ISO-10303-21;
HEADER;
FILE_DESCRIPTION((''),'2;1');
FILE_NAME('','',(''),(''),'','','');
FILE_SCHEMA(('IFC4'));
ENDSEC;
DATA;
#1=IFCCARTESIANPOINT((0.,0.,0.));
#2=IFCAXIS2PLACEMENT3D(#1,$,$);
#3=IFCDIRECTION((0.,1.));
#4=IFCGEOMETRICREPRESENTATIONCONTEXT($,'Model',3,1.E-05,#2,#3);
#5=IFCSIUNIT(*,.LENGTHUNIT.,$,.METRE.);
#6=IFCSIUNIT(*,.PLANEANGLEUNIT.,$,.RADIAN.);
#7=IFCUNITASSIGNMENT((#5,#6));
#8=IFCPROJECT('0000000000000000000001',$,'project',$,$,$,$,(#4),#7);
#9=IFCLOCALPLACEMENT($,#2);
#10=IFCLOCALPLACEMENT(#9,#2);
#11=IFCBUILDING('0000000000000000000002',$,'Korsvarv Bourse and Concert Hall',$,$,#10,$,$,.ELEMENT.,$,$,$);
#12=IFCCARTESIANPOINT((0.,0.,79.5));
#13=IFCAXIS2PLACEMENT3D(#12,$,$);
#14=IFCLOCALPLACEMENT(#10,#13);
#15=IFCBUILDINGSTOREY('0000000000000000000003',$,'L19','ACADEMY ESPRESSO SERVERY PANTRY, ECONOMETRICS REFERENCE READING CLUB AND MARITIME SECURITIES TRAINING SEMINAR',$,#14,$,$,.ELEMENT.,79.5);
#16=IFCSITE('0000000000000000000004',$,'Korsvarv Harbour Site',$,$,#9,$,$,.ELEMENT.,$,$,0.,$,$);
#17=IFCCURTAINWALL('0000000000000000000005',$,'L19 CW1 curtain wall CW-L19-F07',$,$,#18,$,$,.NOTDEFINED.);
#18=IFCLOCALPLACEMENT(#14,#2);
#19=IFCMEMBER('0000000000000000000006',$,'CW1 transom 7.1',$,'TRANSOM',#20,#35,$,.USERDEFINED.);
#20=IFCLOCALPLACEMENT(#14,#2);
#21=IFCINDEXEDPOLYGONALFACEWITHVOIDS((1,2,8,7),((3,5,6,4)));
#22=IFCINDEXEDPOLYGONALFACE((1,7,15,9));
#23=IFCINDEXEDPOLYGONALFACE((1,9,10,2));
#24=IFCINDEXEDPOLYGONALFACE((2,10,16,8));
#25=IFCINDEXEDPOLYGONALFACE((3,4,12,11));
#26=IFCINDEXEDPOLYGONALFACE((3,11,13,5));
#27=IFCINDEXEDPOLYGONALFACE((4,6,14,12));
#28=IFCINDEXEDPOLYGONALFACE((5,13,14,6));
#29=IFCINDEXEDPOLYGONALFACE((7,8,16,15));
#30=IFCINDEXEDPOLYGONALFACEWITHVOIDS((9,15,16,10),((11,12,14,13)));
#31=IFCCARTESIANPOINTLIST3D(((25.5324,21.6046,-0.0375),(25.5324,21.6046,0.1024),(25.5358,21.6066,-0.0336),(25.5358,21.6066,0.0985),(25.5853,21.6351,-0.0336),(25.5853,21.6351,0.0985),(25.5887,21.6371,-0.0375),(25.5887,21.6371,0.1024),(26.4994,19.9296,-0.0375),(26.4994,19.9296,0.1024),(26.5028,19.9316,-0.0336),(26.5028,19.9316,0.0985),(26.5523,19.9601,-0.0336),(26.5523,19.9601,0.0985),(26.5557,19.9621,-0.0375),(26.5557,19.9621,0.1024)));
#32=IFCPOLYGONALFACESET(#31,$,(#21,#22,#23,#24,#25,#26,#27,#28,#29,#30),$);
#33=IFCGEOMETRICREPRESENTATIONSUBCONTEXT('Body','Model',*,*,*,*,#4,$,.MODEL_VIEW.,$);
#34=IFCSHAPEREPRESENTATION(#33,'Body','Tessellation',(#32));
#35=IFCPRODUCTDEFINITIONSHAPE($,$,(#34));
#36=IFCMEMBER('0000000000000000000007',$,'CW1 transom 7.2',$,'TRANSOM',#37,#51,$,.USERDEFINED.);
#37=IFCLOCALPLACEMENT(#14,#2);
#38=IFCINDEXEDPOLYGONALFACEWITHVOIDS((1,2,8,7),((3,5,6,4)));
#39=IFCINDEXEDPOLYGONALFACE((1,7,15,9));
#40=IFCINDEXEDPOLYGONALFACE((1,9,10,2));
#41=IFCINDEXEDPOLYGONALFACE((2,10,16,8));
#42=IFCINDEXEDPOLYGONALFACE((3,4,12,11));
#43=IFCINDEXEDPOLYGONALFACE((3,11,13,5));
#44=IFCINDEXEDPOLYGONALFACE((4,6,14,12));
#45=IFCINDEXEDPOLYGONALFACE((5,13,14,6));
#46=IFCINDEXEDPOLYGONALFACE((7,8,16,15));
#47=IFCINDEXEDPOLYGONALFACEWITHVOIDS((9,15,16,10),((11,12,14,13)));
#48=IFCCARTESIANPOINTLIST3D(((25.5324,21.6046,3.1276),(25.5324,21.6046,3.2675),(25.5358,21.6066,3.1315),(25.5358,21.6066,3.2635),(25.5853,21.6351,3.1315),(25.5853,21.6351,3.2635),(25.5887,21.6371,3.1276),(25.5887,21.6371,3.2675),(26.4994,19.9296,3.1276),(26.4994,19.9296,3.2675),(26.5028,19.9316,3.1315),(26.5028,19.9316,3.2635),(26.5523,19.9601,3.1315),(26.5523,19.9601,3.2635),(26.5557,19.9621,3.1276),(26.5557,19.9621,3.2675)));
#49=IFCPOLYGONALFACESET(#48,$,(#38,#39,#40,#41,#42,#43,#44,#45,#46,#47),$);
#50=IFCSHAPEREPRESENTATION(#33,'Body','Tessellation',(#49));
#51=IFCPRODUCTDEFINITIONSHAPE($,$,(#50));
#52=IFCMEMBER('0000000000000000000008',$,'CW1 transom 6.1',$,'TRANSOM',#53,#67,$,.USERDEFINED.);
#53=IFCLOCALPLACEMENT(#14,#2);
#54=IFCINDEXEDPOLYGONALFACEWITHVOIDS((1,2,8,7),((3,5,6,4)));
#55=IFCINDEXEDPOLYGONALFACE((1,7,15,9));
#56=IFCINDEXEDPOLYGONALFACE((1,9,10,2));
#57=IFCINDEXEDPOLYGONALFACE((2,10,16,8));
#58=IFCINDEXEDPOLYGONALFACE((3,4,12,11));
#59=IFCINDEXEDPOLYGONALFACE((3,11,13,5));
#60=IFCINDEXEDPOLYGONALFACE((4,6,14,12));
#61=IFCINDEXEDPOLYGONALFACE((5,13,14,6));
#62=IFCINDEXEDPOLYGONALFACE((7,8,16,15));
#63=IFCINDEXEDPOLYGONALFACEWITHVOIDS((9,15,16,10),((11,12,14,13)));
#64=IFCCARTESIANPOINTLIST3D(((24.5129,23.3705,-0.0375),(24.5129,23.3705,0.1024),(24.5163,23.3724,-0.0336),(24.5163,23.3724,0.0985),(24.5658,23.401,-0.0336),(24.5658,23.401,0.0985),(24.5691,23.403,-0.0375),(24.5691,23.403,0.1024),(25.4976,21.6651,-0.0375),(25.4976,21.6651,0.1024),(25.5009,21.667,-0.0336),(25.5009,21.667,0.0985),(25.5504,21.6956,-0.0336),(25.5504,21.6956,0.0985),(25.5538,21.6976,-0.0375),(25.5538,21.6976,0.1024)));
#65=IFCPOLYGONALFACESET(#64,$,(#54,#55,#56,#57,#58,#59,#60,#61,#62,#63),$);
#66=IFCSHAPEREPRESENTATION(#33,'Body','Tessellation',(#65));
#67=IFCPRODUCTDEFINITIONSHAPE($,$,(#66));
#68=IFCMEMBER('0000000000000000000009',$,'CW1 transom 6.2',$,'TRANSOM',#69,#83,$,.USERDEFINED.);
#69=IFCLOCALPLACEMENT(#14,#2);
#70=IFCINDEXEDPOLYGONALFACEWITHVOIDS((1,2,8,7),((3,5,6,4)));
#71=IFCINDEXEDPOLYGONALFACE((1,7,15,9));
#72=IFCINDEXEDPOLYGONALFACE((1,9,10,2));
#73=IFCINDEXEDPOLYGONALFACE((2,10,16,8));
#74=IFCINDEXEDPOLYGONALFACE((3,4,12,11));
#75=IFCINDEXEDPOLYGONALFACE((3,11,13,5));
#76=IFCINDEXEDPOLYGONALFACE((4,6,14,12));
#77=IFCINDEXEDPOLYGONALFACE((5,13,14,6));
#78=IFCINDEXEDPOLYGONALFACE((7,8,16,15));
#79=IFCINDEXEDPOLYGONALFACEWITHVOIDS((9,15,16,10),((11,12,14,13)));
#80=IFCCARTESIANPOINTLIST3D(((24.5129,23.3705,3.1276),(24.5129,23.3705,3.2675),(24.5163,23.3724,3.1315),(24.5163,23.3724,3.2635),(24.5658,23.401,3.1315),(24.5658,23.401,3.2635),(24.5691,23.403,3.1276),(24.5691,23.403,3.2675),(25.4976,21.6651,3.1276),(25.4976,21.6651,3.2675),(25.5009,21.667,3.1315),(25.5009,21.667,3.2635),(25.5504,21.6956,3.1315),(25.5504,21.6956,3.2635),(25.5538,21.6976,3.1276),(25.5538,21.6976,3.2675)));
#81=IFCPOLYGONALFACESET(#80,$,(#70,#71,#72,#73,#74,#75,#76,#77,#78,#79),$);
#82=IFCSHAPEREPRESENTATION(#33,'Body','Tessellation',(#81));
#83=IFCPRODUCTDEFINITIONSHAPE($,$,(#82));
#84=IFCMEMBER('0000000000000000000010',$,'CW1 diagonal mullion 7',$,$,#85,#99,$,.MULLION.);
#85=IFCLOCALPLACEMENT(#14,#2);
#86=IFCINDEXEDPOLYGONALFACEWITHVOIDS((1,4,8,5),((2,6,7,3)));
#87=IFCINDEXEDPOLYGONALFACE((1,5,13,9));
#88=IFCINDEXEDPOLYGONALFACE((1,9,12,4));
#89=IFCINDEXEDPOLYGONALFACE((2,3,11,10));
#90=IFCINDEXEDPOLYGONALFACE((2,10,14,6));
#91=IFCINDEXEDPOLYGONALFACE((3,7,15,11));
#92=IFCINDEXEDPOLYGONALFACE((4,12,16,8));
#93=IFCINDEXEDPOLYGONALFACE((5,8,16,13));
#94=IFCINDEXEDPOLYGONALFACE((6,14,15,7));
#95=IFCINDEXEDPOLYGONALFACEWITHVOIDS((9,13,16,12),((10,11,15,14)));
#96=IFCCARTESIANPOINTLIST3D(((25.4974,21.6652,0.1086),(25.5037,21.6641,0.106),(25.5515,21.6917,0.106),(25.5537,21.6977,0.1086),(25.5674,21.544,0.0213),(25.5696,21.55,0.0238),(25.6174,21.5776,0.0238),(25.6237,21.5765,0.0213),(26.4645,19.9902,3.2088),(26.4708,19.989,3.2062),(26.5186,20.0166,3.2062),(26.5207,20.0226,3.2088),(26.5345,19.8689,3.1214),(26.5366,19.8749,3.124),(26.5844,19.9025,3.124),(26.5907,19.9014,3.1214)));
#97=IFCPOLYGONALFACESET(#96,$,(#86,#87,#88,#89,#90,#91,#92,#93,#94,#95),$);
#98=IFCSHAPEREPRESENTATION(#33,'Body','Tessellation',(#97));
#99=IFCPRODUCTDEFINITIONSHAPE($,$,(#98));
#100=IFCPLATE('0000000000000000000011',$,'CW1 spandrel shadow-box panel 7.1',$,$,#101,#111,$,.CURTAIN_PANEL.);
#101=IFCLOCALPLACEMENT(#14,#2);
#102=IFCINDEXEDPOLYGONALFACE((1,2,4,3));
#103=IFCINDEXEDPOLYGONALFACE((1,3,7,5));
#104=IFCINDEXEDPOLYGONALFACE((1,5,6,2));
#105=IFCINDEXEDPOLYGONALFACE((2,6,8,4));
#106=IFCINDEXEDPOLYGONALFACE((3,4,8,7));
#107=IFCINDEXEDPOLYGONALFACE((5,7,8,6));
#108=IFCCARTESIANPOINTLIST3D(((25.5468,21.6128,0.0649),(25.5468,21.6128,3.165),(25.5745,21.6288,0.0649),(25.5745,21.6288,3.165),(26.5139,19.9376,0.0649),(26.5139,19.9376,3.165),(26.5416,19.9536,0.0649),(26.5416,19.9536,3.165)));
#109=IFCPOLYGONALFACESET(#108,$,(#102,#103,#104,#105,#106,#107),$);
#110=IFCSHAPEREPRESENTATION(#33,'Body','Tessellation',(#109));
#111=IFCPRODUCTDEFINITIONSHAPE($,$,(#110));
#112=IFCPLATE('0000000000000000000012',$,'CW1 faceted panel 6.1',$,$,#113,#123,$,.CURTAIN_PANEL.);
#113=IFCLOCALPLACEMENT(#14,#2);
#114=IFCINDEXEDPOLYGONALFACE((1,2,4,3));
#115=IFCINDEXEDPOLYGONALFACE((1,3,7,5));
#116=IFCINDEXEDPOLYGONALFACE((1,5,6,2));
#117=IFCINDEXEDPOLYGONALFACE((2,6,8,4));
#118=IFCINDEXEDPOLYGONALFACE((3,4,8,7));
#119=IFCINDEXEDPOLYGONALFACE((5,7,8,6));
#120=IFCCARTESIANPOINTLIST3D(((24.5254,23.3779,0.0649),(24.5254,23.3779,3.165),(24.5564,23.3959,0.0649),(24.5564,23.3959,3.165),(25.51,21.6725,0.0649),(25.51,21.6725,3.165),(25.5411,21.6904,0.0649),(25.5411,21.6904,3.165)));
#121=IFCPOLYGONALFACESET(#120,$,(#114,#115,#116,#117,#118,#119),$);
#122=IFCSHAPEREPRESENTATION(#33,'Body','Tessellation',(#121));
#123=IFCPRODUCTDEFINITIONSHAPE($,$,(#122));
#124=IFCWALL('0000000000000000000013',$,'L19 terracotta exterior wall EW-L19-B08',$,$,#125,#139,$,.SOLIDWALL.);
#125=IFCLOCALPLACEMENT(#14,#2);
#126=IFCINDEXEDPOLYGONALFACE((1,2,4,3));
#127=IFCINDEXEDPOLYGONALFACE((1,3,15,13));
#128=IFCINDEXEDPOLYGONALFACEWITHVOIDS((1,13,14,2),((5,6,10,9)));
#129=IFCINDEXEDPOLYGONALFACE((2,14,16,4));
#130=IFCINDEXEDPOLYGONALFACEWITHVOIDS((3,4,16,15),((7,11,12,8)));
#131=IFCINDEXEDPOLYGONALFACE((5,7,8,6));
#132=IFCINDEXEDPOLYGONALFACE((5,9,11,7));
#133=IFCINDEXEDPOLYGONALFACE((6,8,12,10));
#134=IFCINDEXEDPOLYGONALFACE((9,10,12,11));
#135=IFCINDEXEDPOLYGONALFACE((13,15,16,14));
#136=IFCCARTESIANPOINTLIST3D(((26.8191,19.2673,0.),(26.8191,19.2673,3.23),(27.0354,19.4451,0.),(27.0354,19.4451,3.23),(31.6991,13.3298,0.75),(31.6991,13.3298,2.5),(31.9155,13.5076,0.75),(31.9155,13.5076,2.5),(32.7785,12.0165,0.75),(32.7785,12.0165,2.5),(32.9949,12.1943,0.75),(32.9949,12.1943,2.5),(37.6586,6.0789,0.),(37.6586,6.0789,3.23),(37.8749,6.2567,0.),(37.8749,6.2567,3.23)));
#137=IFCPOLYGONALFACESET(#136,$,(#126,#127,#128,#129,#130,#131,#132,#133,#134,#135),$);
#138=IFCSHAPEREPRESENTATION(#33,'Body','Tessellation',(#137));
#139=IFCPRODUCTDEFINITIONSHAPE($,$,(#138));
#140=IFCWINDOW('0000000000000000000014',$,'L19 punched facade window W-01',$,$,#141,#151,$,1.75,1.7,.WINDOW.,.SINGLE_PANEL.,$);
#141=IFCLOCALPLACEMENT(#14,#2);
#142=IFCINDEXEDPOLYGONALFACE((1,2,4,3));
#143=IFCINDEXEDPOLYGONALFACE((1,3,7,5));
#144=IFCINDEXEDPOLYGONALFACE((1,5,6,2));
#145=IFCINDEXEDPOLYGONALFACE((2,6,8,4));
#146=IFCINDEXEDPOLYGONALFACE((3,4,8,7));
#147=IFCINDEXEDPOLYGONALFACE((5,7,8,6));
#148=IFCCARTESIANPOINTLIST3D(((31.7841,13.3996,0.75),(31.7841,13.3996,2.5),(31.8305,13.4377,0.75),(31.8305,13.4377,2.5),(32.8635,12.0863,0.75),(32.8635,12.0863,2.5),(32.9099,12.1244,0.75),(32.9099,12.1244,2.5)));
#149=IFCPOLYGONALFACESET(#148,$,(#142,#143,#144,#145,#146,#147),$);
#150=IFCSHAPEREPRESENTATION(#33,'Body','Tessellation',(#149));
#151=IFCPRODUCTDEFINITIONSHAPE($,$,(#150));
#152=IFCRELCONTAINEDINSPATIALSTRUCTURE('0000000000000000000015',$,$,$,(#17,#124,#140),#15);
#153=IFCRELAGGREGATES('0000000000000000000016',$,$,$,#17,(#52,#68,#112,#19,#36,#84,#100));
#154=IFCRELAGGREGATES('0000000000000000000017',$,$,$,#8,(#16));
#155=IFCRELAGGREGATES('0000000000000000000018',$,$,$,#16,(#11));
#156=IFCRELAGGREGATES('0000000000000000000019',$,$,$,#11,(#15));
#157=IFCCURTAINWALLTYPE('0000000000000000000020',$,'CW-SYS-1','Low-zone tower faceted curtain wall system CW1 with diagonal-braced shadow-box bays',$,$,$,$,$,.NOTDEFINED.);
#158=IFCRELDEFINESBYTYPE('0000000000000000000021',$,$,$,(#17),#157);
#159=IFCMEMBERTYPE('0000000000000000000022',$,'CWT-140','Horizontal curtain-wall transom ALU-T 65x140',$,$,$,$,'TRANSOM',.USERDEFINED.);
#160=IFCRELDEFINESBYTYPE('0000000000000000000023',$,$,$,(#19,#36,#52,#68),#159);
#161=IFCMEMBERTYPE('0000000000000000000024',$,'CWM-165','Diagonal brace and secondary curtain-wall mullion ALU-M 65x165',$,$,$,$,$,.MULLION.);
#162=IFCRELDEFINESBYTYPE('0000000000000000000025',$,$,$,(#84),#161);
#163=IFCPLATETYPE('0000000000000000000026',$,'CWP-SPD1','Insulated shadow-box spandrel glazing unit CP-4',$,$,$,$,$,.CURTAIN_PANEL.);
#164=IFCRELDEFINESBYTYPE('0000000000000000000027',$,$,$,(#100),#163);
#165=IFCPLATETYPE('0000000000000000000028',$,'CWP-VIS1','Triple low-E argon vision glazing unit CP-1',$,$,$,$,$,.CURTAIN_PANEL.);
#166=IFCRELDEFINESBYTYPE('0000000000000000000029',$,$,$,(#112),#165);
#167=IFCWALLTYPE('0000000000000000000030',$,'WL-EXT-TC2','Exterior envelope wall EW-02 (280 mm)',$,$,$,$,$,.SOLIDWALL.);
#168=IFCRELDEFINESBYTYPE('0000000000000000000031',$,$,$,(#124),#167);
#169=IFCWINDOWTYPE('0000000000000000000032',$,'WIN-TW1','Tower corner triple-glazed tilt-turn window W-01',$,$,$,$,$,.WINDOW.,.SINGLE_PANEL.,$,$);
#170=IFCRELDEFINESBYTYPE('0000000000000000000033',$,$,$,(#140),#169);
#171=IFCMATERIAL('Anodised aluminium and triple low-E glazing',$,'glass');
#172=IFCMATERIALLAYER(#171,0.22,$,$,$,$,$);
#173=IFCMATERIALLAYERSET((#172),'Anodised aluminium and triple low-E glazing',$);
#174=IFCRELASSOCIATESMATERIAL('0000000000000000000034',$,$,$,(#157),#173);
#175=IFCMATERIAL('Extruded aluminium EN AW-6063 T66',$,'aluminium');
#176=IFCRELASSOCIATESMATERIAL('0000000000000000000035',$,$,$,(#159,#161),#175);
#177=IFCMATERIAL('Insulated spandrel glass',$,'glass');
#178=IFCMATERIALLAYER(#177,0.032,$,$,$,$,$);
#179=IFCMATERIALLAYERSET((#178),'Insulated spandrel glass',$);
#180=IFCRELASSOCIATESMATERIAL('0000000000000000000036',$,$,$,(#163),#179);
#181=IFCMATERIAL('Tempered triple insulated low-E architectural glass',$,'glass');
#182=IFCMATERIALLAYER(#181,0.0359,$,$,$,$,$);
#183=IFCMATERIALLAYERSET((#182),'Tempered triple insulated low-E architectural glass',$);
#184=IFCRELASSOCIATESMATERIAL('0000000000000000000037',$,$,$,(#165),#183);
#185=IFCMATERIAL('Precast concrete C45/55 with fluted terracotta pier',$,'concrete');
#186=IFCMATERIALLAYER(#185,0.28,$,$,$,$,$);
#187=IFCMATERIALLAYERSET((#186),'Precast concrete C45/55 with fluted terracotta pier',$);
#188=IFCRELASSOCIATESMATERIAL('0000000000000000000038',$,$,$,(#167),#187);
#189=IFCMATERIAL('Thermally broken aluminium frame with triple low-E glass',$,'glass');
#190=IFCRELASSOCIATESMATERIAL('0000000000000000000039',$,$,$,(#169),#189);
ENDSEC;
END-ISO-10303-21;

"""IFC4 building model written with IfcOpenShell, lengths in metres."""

from ifc_helpers import new_model, si_unit, direction, frame, frame_2d, origin, origin_2d, place, context, subcontext, project, spatial, rectangle, hollow_rectangle, extrude, source, transform, mapped, material, layer, layer_set, material_profile, profile_set, type_object, element, fill, aggregate, save


model = new_model("IFC4")

# Units and contexts
model_context = context("Model", 3, precision=1e-05, world=origin(), true_north=direction((0.0, 1.0)))
body_context = subcontext(model_context, "Body", "Model", "MODEL_VIEW")
ifc_project = project(units=[si_unit("LENGTHUNIT", "METRE"), si_unit("PLANEANGLEUNIT", "RADIAN")], contexts=[model_context])

# Site, building, storey
site_placement = place(None, origin())
site = spatial("IfcSite", under=ifc_project, at=site_placement, Name="Korsvarv Harbour Site", CompositionType="ELEMENT", RefElevation=0.0)
building_placement = place(site_placement, origin())
building = spatial("IfcBuilding", under=site, at=building_placement, Name="Korsvarv Bourse and Concert Hall", CompositionType="ELEMENT")
storey_placement = place(building_placement, frame((0.0, 0.0, 79.5)))
storey = spatial("IfcBuildingStorey", under=building, at=storey_placement, Name="L19", Description="ACADEMY ESPRESSO SERVERY PANTRY, ECONOMETRICS REFERENCE READING CLUB AND MARITIME SECURITIES TRAINING SEMINAR", CompositionType="ELEMENT", Elevation=79.5)

# Curtain wall, members, plates
ifc_material_1 = material(Name="Anodised aluminium and triple low-E glazing", Category="glass")
ifc_layer_1 = layer(ifc_material_1, 0.22)
ifc_layer_set_1 = layer_set([ifc_layer_1], Name="Anodised aluminium and triple low-E glazing")
curtain_wall_type = type_object("IfcCurtainWallType", Name="CW-SYS-1", Description="Low-zone tower faceted curtain wall system CW1 with diagonal-braced shadow-box bays", PredefinedType="NOTDEFINED", material=ifc_layer_set_1)
curtain_wall_placement = place(storey_placement, origin())
curtain_wall = element("IfcCurtainWall", 1, at=curtain_wall_placement, inside=storey, type_object=curtain_wall_type, Name="L19 CW1 curtain wall CW-L19-F07", PredefinedType="NOTDEFINED")
ifc_material_2 = material(Name="Extruded aluminium EN AW-6063 T66", Category="aluminium")
ifc_material_profile_1 = material_profile(ifc_material_2, hollow_rectangle(XDim=0.0649, YDim=0.1399, WallThickness=0.0039, at=origin_2d()), Name="ALU-T 65x140")
ifc_profile_set_1 = profile_set([ifc_material_profile_1], Name="Extruded aluminium EN AW-6063 T66")
member_type_1 = type_object("IfcMemberType", Name="CWT-140", Description="Horizontal curtain-wall transom ALU-T 65x140", ElementType="TRANSOM", PredefinedType="USERDEFINED", material=ifc_profile_set_1)
shared_shape_1 = source(origin(), body_context, "Body", "SweptSolid", [
    extrude(hollow_rectangle(XDim=0.0649, YDim=0.1399, WallThickness=0.0039, at=origin_2d()), origin(), (0.0, 0.0, 1.0), 1.9341),
])
member_1_placement = place(storey_placement, frame((25.5605, 21.6208, 0.0325), z_axis=(0.499981, -0.866036, 0.0), x_axis=(0.866036, 0.499981, 0.0)))
member_1 = element("IfcMember", 2, at=member_1_placement, type_object=member_type_1, Name="CW1 transom 7.1", ObjectType="TRANSOM", PredefinedType="USERDEFINED", context=body_context, shape_type="MappedRepresentation", body=[
    mapped(shared_shape_1, transform((0.0, 0.0, 0.0), scale=1.0)),
])
member_2_placement = place(storey_placement, frame((25.5605, 21.6208, 3.1975), z_axis=(0.499981, -0.866036, 0.0), x_axis=(0.866036, 0.499981, 0.0)))
member_2 = element("IfcMember", 3, at=member_2_placement, type_object=member_type_1, Name="CW1 transom 7.2", ObjectType="TRANSOM", PredefinedType="USERDEFINED", context=body_context, shape_type="MappedRepresentation", body=[
    mapped(shared_shape_1, transform((0.0, 0.0, 0.0), scale=1.0)),
])
shared_shape_2 = source(origin(), body_context, "Body", "SweptSolid", [
    extrude(hollow_rectangle(XDim=0.0649, YDim=0.1399, WallThickness=0.0039, at=origin_2d()), origin(), (0.0, 0.0, 1.0), 1.9692),
])
member_3_placement = place(storey_placement, frame((24.541, 23.3867, 0.0325), z_axis=(0.500019, -0.866014, 0.0), x_axis=(0.866014, 0.500019, 0.0)))
member_3 = element("IfcMember", 4, at=member_3_placement, type_object=member_type_1, Name="CW1 transom 6.1", ObjectType="TRANSOM", PredefinedType="USERDEFINED", context=body_context, shape_type="MappedRepresentation", body=[
    mapped(shared_shape_2, transform((0.0, 0.0, 0.0), scale=1.0)),
])
member_4_placement = place(storey_placement, frame((24.541, 23.3867, 3.1975), z_axis=(0.500019, -0.866014, 0.0), x_axis=(0.866014, 0.500019, 0.0)))
member_4 = element("IfcMember", 5, at=member_4_placement, type_object=member_type_1, Name="CW1 transom 6.2", ObjectType="TRANSOM", PredefinedType="USERDEFINED", context=body_context, shape_type="MappedRepresentation", body=[
    mapped(shared_shape_2, transform((0.0, 0.0, 0.0), scale=1.0)),
])
ifc_material_profile_2 = material_profile(ifc_material_2, hollow_rectangle(XDim=0.0649, YDim=0.165, WallThickness=0.0049, at=origin_2d()), Name="ALU-M 65x165")
ifc_profile_set_2 = profile_set([ifc_material_profile_2], Name="Extruded aluminium EN AW-6063 T66")
member_type_2 = type_object("IfcMemberType", Name="CWM-165", Description="Diagonal brace and secondary curtain-wall mullion ALU-M 65x165", PredefinedType="MULLION", material=ifc_profile_set_2)
shared_shape_3 = source(origin(), body_context, "Body", "SweptSolid", [
    extrude(hollow_rectangle(XDim=0.0649, YDim=0.165, WallThickness=0.0049, at=origin_2d()), origin(), (0.0, 0.0, 1.0), 3.6541),
])
member_5_placement = place(storey_placement, frame((25.5605, 21.6208, 0.0649), z_axis=(0.264654, -0.458418, 0.848417), x_axis=(0.866036, 0.499981, 0.0)))
member_5 = element("IfcMember", 6, at=member_5_placement, type_object=member_type_2, Name="CW1 diagonal mullion 7", PredefinedType="MULLION", context=body_context, shape_type="MappedRepresentation", body=[
    mapped(shared_shape_3, transform((0.0, 0.0, 0.0), scale=1.0)),
])
ifc_material_3 = material(Name="Insulated spandrel glass", Category="glass")
ifc_layer_2 = layer(ifc_material_3, 0.032)
ifc_layer_set_2 = layer_set([ifc_layer_2], Name="Insulated spandrel glass")
plate_type_1 = type_object("IfcPlateType", Name="CWP-SPD1", Description="Insulated shadow-box spandrel glazing unit CP-4", PredefinedType="CURTAIN_PANEL", material=ifc_layer_set_2)
shared_shape_4 = source(origin(), body_context, "Body", "SweptSolid", [
    extrude(rectangle(XDim=1.9343, YDim=0.032, at=origin_2d()), origin(), (0.0, 0.0, 1.0), 3.1001),
])
plate_1_placement = place(storey_placement, frame((26.0442, 20.7832, 0.0649), z_axis=(0.0, 0.0, 1.0), x_axis=(0.500002, -0.866024, 0.0)))
plate_1 = element("IfcPlate", 7, at=plate_1_placement, type_object=plate_type_1, Name="CW1 spandrel shadow-box panel 7.1", PredefinedType="CURTAIN_PANEL", context=body_context, shape_type="MappedRepresentation", body=[
    mapped(shared_shape_4, transform((0.0, 0.0, 0.0), scale=1.0)),
])
ifc_material_4 = material(Name="Tempered triple insulated low-E architectural glass", Category="glass")
ifc_layer_3 = layer(ifc_material_4, 0.0359)
ifc_layer_set_3 = layer_set([ifc_layer_3], Name="Tempered triple insulated low-E architectural glass")
plate_type_2 = type_object("IfcPlateType", Name="CWP-VIS1", Description="Triple low-E argon vision glazing unit CP-1", PredefinedType="CURTAIN_PANEL", material=ifc_layer_set_3)
shared_shape_5 = source(origin(), body_context, "Body", "SweptSolid", [
    extrude(rectangle(XDim=1.9692, YDim=0.0359, at=origin_2d()), origin(), (0.0, 0.0, 1.0), 3.1001),
])
plate_2_placement = place(storey_placement, frame((25.0332, 22.5342, 0.0649), z_axis=(0.0, 0.0, 1.0), x_axis=(0.500002, -0.866024, 0.0)))
plate_2 = element("IfcPlate", 8, at=plate_2_placement, type_object=plate_type_2, Name="CW1 faceted panel 6.1", PredefinedType="CURTAIN_PANEL", context=body_context, shape_type="MappedRepresentation", body=[
    mapped(shared_shape_5, transform((0.0, 0.0, 0.0), scale=1.0)),
])
aggregate(curtain_wall, [member_3, member_4, plate_2, member_1, member_2, member_5, plate_1])

# Wall, opening, window
ifc_material_5 = material(Name="Precast concrete C45/55 with fluted terracotta pier", Category="concrete")
ifc_layer_4 = layer(ifc_material_5, 0.28)
ifc_layer_set_4 = layer_set([ifc_layer_4], Name="Precast concrete C45/55 with fluted terracotta pier")
wall_type_1 = type_object("IfcWallType", Name="WL-EXT-TC2", Description="Exterior envelope wall EW-02 (280 mm)", PredefinedType="SOLIDWALL", material=ifc_layer_set_4)
wall_1_placement = place(storey_placement, frame((26.9272, 19.3562, 0.0), z_axis=(0.0, 0.0, 1.0), x_axis=(0.634957, -0.772548, 0.0)))
wall_1 = element("IfcWall", 9, at=wall_1_placement, inside=storey, type_object=wall_type_1, Name="L19 terracotta exterior wall EW-L19-B08", PredefinedType="SOLIDWALL", context=body_context, shape_type="SweptSolid", body=[
    extrude(rectangle(XDim=17.0713, YDim=0.28, at=frame_2d((8.5356, 0.0))), origin(), (0.0, 0.0, 1.0), 3.23),
])
opening_1_placement = place(wall_1_placement, frame((7.6855, 0.0, 0.75)))
opening_1 = element("IfcOpeningElement", 10, at=opening_1_placement, cuts=wall_1, PredefinedType="OPENING", context=body_context, shape_type="SweptSolid", body=[
    extrude(rectangle(XDim=1.7, YDim=1.75, at=frame_2d((0.8501, 0.875))), frame((0.0, 0.1499, 0.0), z_axis=(0.0, -1.0, 0.0), x_axis=(1.0, 0.0, 0.0)), (0.0, 0.0, 1.0), 0.3),
])
ifc_material_6 = material(Name="Thermally broken aluminium frame with triple low-E glass", Category="glass")
window_type = type_object("IfcWindowType", Name="WIN-TW1", Description="Tower corner triple-glazed tilt-turn window W-01", PartitioningType="SINGLE_PANEL", PredefinedType="WINDOW", material=ifc_material_6)
window_placement = place(opening_1_placement, origin())
window = element("IfcWindow", 11, at=window_placement, inside=storey, type_object=window_type, Name="L19 punched facade window W-01", OverallHeight=1.75, OverallWidth=1.7, PartitioningType="SINGLE_PANEL", PredefinedType="WINDOW", context=body_context, shape_type="SweptSolid", body=[
    extrude(rectangle(XDim=1.7, YDim=1.75, at=frame_2d((0.8501, 0.875))), frame((0.0, 0.03, 0.0), z_axis=(0.0, -1.0, 0.0), x_axis=(1.0, 0.0, 0.0)), (0.0, 0.0, 1.0), 0.0601),
])
fill(opening_1, window)

save(model, "model.ifc")
